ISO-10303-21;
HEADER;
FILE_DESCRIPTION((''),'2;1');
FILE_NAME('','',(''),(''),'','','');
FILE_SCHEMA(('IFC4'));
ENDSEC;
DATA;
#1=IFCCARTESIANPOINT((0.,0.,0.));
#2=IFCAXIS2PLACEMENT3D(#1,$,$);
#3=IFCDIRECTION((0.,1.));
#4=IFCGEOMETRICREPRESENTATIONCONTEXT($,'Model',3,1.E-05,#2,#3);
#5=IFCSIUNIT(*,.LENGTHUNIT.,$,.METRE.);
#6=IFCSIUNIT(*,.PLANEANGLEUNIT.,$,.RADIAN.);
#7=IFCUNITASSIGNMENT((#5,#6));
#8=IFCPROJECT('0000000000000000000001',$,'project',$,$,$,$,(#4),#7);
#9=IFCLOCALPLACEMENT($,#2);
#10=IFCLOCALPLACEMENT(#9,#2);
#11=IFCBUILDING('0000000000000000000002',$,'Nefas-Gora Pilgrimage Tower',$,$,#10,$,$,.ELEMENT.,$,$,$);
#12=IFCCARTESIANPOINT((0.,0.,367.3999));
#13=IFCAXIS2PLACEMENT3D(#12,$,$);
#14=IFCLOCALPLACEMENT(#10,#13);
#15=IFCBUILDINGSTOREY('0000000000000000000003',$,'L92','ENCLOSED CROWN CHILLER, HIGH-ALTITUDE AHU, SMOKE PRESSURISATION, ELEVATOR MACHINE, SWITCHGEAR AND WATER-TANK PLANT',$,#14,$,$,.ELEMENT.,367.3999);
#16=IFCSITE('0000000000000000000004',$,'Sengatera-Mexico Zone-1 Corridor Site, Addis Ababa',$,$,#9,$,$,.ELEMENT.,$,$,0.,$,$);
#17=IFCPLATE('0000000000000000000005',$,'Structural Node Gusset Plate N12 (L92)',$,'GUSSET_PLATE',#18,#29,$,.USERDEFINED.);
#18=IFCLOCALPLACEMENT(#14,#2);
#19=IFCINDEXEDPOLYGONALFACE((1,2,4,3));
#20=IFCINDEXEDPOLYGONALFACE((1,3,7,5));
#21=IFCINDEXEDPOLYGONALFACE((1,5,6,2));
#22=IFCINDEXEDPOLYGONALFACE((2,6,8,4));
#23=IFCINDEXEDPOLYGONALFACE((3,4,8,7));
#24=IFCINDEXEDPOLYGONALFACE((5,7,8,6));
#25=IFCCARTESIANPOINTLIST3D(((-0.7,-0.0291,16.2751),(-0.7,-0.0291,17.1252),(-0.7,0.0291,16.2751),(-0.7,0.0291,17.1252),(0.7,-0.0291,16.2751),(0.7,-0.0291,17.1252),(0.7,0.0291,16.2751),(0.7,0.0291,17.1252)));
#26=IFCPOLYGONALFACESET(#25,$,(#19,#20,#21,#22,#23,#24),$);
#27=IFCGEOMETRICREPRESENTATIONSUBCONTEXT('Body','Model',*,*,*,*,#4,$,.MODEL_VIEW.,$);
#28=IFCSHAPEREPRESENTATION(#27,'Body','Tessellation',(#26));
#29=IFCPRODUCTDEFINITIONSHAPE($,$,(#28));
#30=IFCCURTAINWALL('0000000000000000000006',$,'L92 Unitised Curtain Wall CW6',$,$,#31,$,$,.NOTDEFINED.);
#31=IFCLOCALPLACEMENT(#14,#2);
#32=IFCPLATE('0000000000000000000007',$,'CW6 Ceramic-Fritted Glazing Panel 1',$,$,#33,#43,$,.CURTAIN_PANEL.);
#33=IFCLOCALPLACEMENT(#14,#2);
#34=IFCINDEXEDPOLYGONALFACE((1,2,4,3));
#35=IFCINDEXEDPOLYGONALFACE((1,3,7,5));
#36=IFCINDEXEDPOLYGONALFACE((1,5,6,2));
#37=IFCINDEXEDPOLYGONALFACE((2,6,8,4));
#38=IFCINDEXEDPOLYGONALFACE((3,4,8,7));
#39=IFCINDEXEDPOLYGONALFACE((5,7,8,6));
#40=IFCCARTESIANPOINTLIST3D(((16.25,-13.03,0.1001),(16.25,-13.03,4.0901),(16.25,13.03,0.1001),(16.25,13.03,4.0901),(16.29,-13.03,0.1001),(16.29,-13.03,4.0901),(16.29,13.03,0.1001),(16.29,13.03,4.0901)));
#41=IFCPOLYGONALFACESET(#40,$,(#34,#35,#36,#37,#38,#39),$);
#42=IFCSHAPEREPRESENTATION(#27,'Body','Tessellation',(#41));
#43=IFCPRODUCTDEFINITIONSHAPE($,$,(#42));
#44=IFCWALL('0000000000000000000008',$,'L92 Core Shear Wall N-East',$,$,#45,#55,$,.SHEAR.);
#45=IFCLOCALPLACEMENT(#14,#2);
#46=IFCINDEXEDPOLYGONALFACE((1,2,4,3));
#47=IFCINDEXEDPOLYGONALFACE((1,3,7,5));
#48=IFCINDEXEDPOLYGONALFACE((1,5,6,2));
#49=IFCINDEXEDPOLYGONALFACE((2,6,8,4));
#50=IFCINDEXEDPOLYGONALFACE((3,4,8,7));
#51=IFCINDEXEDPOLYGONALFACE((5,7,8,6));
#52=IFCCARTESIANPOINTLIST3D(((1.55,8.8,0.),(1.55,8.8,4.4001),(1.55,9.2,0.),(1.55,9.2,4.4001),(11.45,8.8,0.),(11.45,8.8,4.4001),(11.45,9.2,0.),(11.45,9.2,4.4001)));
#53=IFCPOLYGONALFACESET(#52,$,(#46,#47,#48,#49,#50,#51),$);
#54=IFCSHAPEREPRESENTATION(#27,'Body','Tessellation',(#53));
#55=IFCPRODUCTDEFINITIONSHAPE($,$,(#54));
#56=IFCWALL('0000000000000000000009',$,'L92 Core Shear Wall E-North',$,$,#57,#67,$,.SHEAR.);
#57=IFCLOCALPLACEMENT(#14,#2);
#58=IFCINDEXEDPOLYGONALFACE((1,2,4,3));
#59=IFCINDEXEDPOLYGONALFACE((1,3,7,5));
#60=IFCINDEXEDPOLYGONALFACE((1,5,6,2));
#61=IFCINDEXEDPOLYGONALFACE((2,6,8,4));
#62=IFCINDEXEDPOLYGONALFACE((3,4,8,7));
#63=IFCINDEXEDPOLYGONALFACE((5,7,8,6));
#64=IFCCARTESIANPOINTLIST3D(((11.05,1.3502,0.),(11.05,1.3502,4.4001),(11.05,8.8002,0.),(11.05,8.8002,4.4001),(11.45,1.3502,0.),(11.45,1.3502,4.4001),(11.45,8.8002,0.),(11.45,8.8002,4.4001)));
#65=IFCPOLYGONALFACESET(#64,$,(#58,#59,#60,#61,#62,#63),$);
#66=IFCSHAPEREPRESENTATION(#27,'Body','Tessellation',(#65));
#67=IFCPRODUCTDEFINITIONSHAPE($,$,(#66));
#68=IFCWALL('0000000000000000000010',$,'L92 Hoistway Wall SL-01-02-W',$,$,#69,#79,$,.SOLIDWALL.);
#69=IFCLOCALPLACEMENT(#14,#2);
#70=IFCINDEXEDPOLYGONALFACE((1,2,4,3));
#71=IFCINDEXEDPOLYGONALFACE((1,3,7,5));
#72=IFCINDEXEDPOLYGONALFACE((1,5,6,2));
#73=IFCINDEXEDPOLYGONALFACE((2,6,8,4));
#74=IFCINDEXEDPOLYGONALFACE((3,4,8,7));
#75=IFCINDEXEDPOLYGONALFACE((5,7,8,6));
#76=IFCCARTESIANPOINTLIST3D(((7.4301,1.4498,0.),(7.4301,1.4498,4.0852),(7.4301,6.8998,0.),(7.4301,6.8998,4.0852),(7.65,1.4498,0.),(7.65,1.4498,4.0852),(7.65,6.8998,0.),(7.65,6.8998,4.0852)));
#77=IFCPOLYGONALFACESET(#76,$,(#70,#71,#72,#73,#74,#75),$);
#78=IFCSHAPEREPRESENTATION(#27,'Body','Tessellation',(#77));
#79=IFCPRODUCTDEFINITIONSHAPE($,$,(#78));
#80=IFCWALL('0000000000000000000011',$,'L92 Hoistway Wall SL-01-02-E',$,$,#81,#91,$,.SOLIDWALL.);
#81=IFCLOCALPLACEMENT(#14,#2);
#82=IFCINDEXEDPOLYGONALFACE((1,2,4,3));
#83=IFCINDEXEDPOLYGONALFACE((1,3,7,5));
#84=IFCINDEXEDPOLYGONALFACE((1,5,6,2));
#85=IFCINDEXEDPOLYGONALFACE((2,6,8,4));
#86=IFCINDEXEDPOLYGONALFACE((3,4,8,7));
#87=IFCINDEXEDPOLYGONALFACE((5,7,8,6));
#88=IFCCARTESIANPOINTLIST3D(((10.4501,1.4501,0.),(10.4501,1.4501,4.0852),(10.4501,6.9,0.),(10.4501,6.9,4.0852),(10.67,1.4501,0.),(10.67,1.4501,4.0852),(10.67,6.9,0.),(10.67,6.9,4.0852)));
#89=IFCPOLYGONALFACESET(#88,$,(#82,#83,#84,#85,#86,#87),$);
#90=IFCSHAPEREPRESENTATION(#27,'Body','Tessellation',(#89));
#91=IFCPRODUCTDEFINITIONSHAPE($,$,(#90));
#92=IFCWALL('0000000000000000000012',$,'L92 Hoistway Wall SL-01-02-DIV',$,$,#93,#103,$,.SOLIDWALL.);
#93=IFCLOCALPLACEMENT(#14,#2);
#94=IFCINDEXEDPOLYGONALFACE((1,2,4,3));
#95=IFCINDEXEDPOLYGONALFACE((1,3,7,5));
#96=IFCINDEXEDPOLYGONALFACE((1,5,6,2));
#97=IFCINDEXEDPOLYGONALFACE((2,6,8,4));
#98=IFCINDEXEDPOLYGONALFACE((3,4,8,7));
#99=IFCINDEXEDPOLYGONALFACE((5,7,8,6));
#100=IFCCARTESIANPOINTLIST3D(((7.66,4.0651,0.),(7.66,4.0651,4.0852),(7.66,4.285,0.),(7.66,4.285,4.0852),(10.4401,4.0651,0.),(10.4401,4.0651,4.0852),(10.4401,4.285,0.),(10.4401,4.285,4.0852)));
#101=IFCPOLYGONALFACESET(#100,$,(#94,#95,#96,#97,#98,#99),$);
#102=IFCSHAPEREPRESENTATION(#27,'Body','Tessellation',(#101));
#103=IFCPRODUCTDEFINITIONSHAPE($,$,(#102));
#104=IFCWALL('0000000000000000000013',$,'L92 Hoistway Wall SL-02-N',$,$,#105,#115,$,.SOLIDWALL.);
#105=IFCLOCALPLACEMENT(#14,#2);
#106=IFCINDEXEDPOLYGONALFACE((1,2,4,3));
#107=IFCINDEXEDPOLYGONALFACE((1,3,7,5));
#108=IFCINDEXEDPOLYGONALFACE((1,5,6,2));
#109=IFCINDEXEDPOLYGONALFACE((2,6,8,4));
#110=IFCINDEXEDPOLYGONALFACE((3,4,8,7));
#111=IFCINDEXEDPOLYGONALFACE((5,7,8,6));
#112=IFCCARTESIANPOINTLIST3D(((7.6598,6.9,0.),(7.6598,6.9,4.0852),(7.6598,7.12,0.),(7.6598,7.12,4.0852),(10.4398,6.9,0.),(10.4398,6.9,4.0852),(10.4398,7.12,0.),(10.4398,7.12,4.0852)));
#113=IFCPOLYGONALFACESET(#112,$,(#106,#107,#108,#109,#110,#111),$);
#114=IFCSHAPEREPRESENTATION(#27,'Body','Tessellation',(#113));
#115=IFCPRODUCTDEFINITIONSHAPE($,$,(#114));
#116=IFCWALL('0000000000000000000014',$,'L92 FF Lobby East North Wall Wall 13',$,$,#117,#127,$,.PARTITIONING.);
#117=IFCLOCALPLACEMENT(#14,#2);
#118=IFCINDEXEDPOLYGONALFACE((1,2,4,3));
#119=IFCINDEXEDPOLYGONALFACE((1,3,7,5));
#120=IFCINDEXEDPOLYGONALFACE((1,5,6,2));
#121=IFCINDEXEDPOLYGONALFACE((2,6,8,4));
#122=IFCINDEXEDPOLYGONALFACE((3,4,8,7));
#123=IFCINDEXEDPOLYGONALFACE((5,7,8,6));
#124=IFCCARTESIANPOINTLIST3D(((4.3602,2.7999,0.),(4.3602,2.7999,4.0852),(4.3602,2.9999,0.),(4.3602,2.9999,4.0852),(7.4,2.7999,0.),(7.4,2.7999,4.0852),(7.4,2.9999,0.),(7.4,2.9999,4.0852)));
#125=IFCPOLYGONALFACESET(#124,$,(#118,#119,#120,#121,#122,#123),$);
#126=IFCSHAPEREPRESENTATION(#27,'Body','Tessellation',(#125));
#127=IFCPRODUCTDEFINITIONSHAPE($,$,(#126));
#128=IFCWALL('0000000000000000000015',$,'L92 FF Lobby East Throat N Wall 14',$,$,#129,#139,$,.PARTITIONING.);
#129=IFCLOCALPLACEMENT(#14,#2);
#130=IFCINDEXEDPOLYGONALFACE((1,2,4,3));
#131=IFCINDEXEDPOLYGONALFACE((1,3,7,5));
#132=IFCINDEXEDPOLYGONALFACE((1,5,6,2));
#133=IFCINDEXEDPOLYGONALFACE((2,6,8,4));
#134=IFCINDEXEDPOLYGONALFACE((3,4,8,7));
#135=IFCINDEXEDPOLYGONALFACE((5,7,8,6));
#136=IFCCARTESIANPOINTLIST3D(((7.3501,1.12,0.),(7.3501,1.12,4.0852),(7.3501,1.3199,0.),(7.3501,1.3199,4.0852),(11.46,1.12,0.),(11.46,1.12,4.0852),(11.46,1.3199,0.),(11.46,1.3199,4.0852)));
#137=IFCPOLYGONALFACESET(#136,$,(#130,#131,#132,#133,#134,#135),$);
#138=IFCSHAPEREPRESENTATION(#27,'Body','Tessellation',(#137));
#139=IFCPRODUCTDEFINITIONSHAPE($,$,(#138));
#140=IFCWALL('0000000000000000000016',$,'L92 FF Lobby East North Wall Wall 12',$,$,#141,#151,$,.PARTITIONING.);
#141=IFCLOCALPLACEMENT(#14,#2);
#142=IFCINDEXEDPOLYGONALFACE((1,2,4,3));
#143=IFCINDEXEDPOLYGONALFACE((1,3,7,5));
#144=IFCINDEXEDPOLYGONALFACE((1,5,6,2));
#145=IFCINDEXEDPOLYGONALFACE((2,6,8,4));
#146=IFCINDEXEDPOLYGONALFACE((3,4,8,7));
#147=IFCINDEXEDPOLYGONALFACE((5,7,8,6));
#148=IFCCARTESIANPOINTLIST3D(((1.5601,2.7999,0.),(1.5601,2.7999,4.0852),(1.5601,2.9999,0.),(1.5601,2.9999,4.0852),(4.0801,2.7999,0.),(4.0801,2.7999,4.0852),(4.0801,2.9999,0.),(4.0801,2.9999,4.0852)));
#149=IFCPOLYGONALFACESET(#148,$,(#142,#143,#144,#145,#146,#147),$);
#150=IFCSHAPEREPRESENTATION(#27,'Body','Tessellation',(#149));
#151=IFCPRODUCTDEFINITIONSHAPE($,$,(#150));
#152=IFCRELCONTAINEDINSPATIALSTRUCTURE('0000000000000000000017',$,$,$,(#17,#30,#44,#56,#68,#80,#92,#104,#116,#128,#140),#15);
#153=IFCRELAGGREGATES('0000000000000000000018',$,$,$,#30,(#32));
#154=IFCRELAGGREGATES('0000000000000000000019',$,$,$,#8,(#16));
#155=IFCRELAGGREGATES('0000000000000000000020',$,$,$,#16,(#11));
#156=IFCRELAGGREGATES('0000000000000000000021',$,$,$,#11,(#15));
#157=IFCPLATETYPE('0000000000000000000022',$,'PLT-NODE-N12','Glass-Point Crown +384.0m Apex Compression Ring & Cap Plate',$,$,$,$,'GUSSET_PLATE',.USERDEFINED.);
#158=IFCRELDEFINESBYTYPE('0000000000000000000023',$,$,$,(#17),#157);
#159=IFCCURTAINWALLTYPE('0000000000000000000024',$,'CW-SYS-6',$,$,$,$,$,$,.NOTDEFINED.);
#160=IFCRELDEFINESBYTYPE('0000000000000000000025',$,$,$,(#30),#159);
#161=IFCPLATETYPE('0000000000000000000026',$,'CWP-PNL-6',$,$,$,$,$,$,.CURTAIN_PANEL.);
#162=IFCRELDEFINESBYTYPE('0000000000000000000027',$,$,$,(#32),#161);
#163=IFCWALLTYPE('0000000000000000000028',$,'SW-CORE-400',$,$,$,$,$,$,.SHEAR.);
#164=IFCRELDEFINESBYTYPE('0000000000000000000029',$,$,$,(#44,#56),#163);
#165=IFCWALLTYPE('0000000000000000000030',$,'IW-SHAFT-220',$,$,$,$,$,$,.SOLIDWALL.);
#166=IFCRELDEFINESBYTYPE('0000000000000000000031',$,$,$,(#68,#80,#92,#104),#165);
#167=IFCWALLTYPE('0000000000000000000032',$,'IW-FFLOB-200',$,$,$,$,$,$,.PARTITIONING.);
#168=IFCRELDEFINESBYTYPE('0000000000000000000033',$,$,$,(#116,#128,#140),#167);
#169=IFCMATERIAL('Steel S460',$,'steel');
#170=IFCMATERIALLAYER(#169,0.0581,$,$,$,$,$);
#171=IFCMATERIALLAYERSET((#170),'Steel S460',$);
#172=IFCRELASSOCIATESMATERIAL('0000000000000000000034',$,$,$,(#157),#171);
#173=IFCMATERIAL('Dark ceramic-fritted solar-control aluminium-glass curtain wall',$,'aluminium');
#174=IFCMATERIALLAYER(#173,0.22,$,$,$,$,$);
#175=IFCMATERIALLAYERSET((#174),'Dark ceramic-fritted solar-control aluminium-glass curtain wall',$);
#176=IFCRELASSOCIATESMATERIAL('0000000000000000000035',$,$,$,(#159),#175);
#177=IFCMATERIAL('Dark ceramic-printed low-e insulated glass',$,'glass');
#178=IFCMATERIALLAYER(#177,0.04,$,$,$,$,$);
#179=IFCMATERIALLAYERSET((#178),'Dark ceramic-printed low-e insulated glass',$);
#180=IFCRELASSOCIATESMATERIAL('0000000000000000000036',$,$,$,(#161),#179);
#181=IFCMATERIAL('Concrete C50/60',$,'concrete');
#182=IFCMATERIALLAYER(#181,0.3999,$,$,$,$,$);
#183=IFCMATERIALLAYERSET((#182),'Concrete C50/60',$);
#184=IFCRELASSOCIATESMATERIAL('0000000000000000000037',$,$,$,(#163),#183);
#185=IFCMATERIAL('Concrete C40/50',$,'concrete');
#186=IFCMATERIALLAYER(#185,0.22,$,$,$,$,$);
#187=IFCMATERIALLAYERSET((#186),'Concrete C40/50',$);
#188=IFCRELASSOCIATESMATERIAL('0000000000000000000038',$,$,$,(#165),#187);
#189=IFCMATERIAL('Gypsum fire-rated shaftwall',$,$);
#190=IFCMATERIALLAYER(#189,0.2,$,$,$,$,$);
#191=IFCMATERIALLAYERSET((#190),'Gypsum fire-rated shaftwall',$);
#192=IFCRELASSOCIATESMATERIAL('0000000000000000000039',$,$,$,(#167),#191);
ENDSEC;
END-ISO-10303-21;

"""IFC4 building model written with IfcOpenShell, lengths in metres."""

from ifc_helpers import new_model, si_unit, direction, frame, frame_2d, origin, origin_2d, place, context, subcontext, project, spatial, rectangle, extrude, source, transform, mapped, material, layer, layer_set, type_object, element, aggregate, save


model = new_model("IFC4")

# Units and contexts
model_context = context("Model", 3, precision=1e-05, world=origin(), true_north=direction((0.0, 1.0)))
body_context = subcontext(model_context, "Body", "Model", "MODEL_VIEW")
ifc_project = project(units=[si_unit("LENGTHUNIT", "METRE"), si_unit("PLANEANGLEUNIT", "RADIAN")], contexts=[model_context])

# Site, building, storey
site_placement = place(None, origin())
site = spatial("IfcSite", under=ifc_project, at=site_placement, Name="Sengatera-Mexico Zone-1 Corridor Site, Addis Ababa", CompositionType="ELEMENT", RefElevation=0.0)
building_placement = place(site_placement, origin())
building = spatial("IfcBuilding", under=site, at=building_placement, Name="Nefas-Gora Pilgrimage Tower", CompositionType="ELEMENT")
storey_placement = place(building_placement, frame((0.0, 0.0, 367.3999)))
storey = spatial("IfcBuildingStorey", under=building, at=storey_placement, Name="L92", Description="ENCLOSED CROWN CHILLER, HIGH-ALTITUDE AHU, SMOKE PRESSURISATION, ELEVATOR MACHINE, SWITCHGEAR AND WATER-TANK PLANT", CompositionType="ELEMENT", Elevation=367.3999)

# Shared definitions
ifc_material_1 = material(Name="Concrete C50/60", Category="concrete")

# Shared definitions
ifc_material_2 = material(Name="Steel S460", Category="steel")

# Plate
ifc_layer_1 = layer(ifc_material_2, 0.0581)
ifc_layer_set_1 = layer_set([ifc_layer_1], Name="Steel S460")
plate_type_1 = type_object("IfcPlateType", Name="PLT-NODE-N12", Description="Glass-Point Crown +384.0m Apex Compression Ring & Cap Plate", ElementType="GUSSET_PLATE", PredefinedType="USERDEFINED", material=ifc_layer_set_1)
shared_shape_1 = source(origin(), body_context, "Body", "SweptSolid", [
    extrude(rectangle(XDim=1.3999, YDim=0.0581, at=origin_2d()), origin(), (0.0, 0.0, 1.0), 0.8501),
])
plate_1_placement = place(storey_placement, frame((0.0, 0.0, 16.2751), z_axis=(0.0, 0.0, 1.0), x_axis=(1.0, 0.0, 0.0)))
element("IfcPlate", 1, at=plate_1_placement, inside=storey, type_object=plate_type_1, Name="Structural Node Gusset Plate N12 (L92)", ObjectType="GUSSET_PLATE", PredefinedType="USERDEFINED", context=body_context, shape_type="MappedRepresentation", body=[
    mapped(shared_shape_1, transform((0.0, 0.0, 0.0), x_axis=(1.0, 0.0, 0.0), y_axis=(0.0, 1.0, 0.0), z_axis=(0.0, 0.0, 1.0), scale=1.0)),
])

# Curtain wall, plate
ifc_material_3 = material(Name="Dark ceramic-fritted solar-control aluminium-glass curtain wall", Category="aluminium")
ifc_layer_2 = layer(ifc_material_3, 0.22)
ifc_layer_set_2 = layer_set([ifc_layer_2], Name="Dark ceramic-fritted solar-control aluminium-glass curtain wall")
curtain_wall_type = type_object("IfcCurtainWallType", Name="CW-SYS-6", PredefinedType="NOTDEFINED", material=ifc_layer_set_2)
curtain_wall_placement = place(storey_placement, origin())
curtain_wall = element("IfcCurtainWall", 2, at=curtain_wall_placement, inside=storey, type_object=curtain_wall_type, Name="L92 Unitised Curtain Wall CW6", PredefinedType="NOTDEFINED")
ifc_material_4 = material(Name="Dark ceramic-printed low-e insulated glass", Category="glass")
ifc_layer_3 = layer(ifc_material_4, 0.04)
ifc_layer_set_3 = layer_set([ifc_layer_3], Name="Dark ceramic-printed low-e insulated glass")
plate_type_2 = type_object("IfcPlateType", Name="CWP-PNL-6", PredefinedType="CURTAIN_PANEL", material=ifc_layer_set_3)
shared_shape_2 = source(origin(), body_context, "Body", "SweptSolid", [
    extrude(rectangle(XDim=26.0601, YDim=0.04, at=origin_2d()), origin(), (0.0, 0.0, 1.0), 3.99),
])
plate_2_placement = place(storey_placement, frame((16.27, 0.0, 0.1001), z_axis=(0.0, 0.0, 1.0), x_axis=(0.0, 1.0, 0.0)))
plate_2 = element("IfcPlate", 3, at=plate_2_placement, type_object=plate_type_2, Name="CW6 Ceramic-Fritted Glazing Panel 1", PredefinedType="CURTAIN_PANEL", context=body_context, shape_type="MappedRepresentation", body=[
    mapped(shared_shape_2, transform((0.0, 0.0, 0.0), x_axis=(1.0, 0.0, 0.0), y_axis=(0.0, 1.0, 0.0), z_axis=(0.0, 0.0, 1.0), scale=1.0)),
])
aggregate(curtain_wall, [plate_2])

# Walls
ifc_layer_4 = layer(ifc_material_1, 0.3999)
ifc_layer_set_4 = layer_set([ifc_layer_4], Name="Concrete C50/60")
wall_type_1 = type_object("IfcWallType", Name="SW-CORE-400", PredefinedType="SHEAR", material=ifc_layer_set_4)
shared_shape_3 = source(origin(), body_context, "Body", "SweptSolid", [
    extrude(rectangle(XDim=9.8999, YDim=0.3999, at=frame_2d((4.95, 0.0))), origin(), (0.0, 0.0, 1.0), 4.4001),
])
wall_1_placement = place(storey_placement, frame((1.55, 9.0, 0.0), z_axis=(0.0, 0.0, 1.0), x_axis=(1.0, 0.0, 0.0)))
element("IfcWall", 4, at=wall_1_placement, inside=storey, type_object=wall_type_1, Name="L92 Core Shear Wall N-East", PredefinedType="SHEAR", context=body_context, shape_type="MappedRepresentation", body=[
    mapped(shared_shape_3, transform((0.0, 0.0, 0.0), x_axis=(1.0, 0.0, 0.0), y_axis=(0.0, 1.0, 0.0), z_axis=(0.0, 0.0, 1.0), scale=1.0)),
])
shared_shape_4 = source(origin(), body_context, "Body", "SweptSolid", [
    extrude(rectangle(XDim=7.45, YDim=0.3999, at=frame_2d((3.7251, 0.0))), origin(), (0.0, 0.0, 1.0), 4.4001),
])
wall_2_placement = place(storey_placement, frame((11.25, 1.3501, 0.0), z_axis=(0.0, 0.0, 1.0), x_axis=(0.0, 1.0, 0.0)))
element("IfcWall", 5, at=wall_2_placement, inside=storey, type_object=wall_type_1, Name="L92 Core Shear Wall E-North", PredefinedType="SHEAR", context=body_context, shape_type="MappedRepresentation", body=[
    mapped(shared_shape_4, transform((0.0, 0.0, 0.0), x_axis=(1.0, 0.0, 0.0), y_axis=(0.0, 1.0, 0.0), z_axis=(0.0, 0.0, 1.0), scale=1.0)),
])
ifc_material_5 = material(Name="Concrete C40/50", Category="concrete")
ifc_layer_5 = layer(ifc_material_5, 0.22)
ifc_layer_set_5 = layer_set([ifc_layer_5], Name="Concrete C40/50")
wall_type_2 = type_object("IfcWallType", Name="IW-SHAFT-220", PredefinedType="SOLIDWALL", material=ifc_layer_set_5)
shared_shape_5 = source(origin(), body_context, "Body", "SweptSolid", [
    extrude(rectangle(XDim=5.45, YDim=0.22, at=frame_2d((2.7251, 0.0))), origin(), (0.0, 0.0, 1.0), 4.0852),
])
for number, where, z_axis, x_axis, name in (
    (6, (7.54, 6.8999, 0.0), (0.0, 0.0, 1.0), (0.0, -1.0, 0.0), "L92 Hoistway Wall SL-01-02-W"),
    (7, (10.5601, 1.45, 0.0), (0.0, 0.0, 1.0), (0.0, 1.0, 0.0), "L92 Hoistway Wall SL-01-02-E"),
):
    element("IfcWall", number, at=place(storey_placement, frame(where, z_axis=z_axis, x_axis=x_axis)), inside=storey, type_object=wall_type_2, Name=name, PredefinedType="SOLIDWALL", context=body_context, shape_type="MappedRepresentation", body=[
        mapped(shared_shape_5, transform((0.0, 0.0, 0.0), x_axis=(1.0, 0.0, 0.0), y_axis=(0.0, 1.0, 0.0), z_axis=(0.0, 0.0, 1.0), scale=1.0)),
    ])
shared_shape_6 = source(origin(), body_context, "Body", "SweptSolid", [
    extrude(rectangle(XDim=2.78, YDim=0.22, at=frame_2d((1.3901, 0.0))), origin(), (0.0, 0.0, 1.0), 4.0852),
])
for number, where, z_axis, x_axis, name in (
    (8, (7.6599, 4.175, 0.0), (0.0, 0.0, 1.0), (1.0, 0.0, 0.0), "L92 Hoistway Wall SL-01-02-DIV"),
    (9, (10.4399, 7.01, 0.0), (0.0, 0.0, 1.0), (-1.0, 0.0, 0.0), "L92 Hoistway Wall SL-02-N"),
):
    element("IfcWall", number, at=place(storey_placement, frame(where, z_axis=z_axis, x_axis=x_axis)), inside=storey, type_object=wall_type_2, Name=name, PredefinedType="SOLIDWALL", context=body_context, shape_type="MappedRepresentation", body=[
        mapped(shared_shape_6, transform((0.0, 0.0, 0.0), x_axis=(1.0, 0.0, 0.0), y_axis=(0.0, 1.0, 0.0), z_axis=(0.0, 0.0, 1.0), scale=1.0)),
    ])
ifc_material_6 = material(Name="Gypsum fire-rated shaftwall")
ifc_layer_6 = layer(ifc_material_6, 0.2)
ifc_layer_set_6 = layer_set([ifc_layer_6], Name="Gypsum fire-rated shaftwall")
wall_type_3 = type_object("IfcWallType", Name="IW-FFLOB-200", PredefinedType="PARTITIONING", material=ifc_layer_set_6)
shared_shape_7 = source(origin(), body_context, "Body", "SweptSolid", [
    extrude(rectangle(XDim=3.0398, YDim=0.2, at=frame_2d((1.52, 0.0))), origin(), (0.0, 0.0, 1.0), 4.0852),
])
wall_3_placement = place(storey_placement, frame((4.3601, 2.8999, 0.0), z_axis=(0.0, 0.0, 1.0), x_axis=(1.0, 0.0, 0.0)))
element("IfcWall", 10, at=wall_3_placement, inside=storey, type_object=wall_type_3, Name="L92 FF Lobby East North Wall Wall 13", PredefinedType="PARTITIONING", context=body_context, shape_type="MappedRepresentation", body=[
    mapped(shared_shape_7, transform((0.0, 0.0, 0.0), x_axis=(1.0, 0.0, 0.0), y_axis=(0.0, 1.0, 0.0), z_axis=(0.0, 0.0, 1.0), scale=1.0)),
])
shared_shape_8 = source(origin(), body_context, "Body", "SweptSolid", [
    extrude(rectangle(XDim=4.1099, YDim=0.2, at=frame_2d((2.0549, 0.0))), origin(), (0.0, 0.0, 1.0), 4.0852),
])
wall_4_placement = place(storey_placement, frame((7.3501, 1.22, 0.0), z_axis=(0.0, 0.0, 1.0), x_axis=(1.0, 0.0, 0.0)))
element("IfcWall", 11, at=wall_4_placement, inside=storey, type_object=wall_type_3, Name="L92 FF Lobby East Throat N Wall 14", PredefinedType="PARTITIONING", context=body_context, shape_type="MappedRepresentation", body=[
    mapped(shared_shape_8, transform((0.0, 0.0, 0.0), x_axis=(1.0, 0.0, 0.0), y_axis=(0.0, 1.0, 0.0), z_axis=(0.0, 0.0, 1.0), scale=1.0)),
])
shared_shape_9 = source(origin(), body_context, "Body", "SweptSolid", [
    extrude(rectangle(XDim=2.52, YDim=0.2, at=frame_2d((1.26, 0.0))), origin(), (0.0, 0.0, 1.0), 4.0852),
])
wall_5_placement = place(storey_placement, frame((1.5601, 2.8999, 0.0), z_axis=(0.0, 0.0, 1.0), x_axis=(1.0, 0.0, 0.0)))
element("IfcWall", 12, at=wall_5_placement, inside=storey, type_object=wall_type_3, Name="L92 FF Lobby East North Wall Wall 12", PredefinedType="PARTITIONING", context=body_context, shape_type="MappedRepresentation", body=[
    mapped(shared_shape_9, transform((0.0, 0.0, 0.0), x_axis=(1.0, 0.0, 0.0), y_axis=(0.0, 1.0, 0.0), z_axis=(0.0, 0.0, 1.0), scale=1.0)),
])

save(model, "model.ifc")
